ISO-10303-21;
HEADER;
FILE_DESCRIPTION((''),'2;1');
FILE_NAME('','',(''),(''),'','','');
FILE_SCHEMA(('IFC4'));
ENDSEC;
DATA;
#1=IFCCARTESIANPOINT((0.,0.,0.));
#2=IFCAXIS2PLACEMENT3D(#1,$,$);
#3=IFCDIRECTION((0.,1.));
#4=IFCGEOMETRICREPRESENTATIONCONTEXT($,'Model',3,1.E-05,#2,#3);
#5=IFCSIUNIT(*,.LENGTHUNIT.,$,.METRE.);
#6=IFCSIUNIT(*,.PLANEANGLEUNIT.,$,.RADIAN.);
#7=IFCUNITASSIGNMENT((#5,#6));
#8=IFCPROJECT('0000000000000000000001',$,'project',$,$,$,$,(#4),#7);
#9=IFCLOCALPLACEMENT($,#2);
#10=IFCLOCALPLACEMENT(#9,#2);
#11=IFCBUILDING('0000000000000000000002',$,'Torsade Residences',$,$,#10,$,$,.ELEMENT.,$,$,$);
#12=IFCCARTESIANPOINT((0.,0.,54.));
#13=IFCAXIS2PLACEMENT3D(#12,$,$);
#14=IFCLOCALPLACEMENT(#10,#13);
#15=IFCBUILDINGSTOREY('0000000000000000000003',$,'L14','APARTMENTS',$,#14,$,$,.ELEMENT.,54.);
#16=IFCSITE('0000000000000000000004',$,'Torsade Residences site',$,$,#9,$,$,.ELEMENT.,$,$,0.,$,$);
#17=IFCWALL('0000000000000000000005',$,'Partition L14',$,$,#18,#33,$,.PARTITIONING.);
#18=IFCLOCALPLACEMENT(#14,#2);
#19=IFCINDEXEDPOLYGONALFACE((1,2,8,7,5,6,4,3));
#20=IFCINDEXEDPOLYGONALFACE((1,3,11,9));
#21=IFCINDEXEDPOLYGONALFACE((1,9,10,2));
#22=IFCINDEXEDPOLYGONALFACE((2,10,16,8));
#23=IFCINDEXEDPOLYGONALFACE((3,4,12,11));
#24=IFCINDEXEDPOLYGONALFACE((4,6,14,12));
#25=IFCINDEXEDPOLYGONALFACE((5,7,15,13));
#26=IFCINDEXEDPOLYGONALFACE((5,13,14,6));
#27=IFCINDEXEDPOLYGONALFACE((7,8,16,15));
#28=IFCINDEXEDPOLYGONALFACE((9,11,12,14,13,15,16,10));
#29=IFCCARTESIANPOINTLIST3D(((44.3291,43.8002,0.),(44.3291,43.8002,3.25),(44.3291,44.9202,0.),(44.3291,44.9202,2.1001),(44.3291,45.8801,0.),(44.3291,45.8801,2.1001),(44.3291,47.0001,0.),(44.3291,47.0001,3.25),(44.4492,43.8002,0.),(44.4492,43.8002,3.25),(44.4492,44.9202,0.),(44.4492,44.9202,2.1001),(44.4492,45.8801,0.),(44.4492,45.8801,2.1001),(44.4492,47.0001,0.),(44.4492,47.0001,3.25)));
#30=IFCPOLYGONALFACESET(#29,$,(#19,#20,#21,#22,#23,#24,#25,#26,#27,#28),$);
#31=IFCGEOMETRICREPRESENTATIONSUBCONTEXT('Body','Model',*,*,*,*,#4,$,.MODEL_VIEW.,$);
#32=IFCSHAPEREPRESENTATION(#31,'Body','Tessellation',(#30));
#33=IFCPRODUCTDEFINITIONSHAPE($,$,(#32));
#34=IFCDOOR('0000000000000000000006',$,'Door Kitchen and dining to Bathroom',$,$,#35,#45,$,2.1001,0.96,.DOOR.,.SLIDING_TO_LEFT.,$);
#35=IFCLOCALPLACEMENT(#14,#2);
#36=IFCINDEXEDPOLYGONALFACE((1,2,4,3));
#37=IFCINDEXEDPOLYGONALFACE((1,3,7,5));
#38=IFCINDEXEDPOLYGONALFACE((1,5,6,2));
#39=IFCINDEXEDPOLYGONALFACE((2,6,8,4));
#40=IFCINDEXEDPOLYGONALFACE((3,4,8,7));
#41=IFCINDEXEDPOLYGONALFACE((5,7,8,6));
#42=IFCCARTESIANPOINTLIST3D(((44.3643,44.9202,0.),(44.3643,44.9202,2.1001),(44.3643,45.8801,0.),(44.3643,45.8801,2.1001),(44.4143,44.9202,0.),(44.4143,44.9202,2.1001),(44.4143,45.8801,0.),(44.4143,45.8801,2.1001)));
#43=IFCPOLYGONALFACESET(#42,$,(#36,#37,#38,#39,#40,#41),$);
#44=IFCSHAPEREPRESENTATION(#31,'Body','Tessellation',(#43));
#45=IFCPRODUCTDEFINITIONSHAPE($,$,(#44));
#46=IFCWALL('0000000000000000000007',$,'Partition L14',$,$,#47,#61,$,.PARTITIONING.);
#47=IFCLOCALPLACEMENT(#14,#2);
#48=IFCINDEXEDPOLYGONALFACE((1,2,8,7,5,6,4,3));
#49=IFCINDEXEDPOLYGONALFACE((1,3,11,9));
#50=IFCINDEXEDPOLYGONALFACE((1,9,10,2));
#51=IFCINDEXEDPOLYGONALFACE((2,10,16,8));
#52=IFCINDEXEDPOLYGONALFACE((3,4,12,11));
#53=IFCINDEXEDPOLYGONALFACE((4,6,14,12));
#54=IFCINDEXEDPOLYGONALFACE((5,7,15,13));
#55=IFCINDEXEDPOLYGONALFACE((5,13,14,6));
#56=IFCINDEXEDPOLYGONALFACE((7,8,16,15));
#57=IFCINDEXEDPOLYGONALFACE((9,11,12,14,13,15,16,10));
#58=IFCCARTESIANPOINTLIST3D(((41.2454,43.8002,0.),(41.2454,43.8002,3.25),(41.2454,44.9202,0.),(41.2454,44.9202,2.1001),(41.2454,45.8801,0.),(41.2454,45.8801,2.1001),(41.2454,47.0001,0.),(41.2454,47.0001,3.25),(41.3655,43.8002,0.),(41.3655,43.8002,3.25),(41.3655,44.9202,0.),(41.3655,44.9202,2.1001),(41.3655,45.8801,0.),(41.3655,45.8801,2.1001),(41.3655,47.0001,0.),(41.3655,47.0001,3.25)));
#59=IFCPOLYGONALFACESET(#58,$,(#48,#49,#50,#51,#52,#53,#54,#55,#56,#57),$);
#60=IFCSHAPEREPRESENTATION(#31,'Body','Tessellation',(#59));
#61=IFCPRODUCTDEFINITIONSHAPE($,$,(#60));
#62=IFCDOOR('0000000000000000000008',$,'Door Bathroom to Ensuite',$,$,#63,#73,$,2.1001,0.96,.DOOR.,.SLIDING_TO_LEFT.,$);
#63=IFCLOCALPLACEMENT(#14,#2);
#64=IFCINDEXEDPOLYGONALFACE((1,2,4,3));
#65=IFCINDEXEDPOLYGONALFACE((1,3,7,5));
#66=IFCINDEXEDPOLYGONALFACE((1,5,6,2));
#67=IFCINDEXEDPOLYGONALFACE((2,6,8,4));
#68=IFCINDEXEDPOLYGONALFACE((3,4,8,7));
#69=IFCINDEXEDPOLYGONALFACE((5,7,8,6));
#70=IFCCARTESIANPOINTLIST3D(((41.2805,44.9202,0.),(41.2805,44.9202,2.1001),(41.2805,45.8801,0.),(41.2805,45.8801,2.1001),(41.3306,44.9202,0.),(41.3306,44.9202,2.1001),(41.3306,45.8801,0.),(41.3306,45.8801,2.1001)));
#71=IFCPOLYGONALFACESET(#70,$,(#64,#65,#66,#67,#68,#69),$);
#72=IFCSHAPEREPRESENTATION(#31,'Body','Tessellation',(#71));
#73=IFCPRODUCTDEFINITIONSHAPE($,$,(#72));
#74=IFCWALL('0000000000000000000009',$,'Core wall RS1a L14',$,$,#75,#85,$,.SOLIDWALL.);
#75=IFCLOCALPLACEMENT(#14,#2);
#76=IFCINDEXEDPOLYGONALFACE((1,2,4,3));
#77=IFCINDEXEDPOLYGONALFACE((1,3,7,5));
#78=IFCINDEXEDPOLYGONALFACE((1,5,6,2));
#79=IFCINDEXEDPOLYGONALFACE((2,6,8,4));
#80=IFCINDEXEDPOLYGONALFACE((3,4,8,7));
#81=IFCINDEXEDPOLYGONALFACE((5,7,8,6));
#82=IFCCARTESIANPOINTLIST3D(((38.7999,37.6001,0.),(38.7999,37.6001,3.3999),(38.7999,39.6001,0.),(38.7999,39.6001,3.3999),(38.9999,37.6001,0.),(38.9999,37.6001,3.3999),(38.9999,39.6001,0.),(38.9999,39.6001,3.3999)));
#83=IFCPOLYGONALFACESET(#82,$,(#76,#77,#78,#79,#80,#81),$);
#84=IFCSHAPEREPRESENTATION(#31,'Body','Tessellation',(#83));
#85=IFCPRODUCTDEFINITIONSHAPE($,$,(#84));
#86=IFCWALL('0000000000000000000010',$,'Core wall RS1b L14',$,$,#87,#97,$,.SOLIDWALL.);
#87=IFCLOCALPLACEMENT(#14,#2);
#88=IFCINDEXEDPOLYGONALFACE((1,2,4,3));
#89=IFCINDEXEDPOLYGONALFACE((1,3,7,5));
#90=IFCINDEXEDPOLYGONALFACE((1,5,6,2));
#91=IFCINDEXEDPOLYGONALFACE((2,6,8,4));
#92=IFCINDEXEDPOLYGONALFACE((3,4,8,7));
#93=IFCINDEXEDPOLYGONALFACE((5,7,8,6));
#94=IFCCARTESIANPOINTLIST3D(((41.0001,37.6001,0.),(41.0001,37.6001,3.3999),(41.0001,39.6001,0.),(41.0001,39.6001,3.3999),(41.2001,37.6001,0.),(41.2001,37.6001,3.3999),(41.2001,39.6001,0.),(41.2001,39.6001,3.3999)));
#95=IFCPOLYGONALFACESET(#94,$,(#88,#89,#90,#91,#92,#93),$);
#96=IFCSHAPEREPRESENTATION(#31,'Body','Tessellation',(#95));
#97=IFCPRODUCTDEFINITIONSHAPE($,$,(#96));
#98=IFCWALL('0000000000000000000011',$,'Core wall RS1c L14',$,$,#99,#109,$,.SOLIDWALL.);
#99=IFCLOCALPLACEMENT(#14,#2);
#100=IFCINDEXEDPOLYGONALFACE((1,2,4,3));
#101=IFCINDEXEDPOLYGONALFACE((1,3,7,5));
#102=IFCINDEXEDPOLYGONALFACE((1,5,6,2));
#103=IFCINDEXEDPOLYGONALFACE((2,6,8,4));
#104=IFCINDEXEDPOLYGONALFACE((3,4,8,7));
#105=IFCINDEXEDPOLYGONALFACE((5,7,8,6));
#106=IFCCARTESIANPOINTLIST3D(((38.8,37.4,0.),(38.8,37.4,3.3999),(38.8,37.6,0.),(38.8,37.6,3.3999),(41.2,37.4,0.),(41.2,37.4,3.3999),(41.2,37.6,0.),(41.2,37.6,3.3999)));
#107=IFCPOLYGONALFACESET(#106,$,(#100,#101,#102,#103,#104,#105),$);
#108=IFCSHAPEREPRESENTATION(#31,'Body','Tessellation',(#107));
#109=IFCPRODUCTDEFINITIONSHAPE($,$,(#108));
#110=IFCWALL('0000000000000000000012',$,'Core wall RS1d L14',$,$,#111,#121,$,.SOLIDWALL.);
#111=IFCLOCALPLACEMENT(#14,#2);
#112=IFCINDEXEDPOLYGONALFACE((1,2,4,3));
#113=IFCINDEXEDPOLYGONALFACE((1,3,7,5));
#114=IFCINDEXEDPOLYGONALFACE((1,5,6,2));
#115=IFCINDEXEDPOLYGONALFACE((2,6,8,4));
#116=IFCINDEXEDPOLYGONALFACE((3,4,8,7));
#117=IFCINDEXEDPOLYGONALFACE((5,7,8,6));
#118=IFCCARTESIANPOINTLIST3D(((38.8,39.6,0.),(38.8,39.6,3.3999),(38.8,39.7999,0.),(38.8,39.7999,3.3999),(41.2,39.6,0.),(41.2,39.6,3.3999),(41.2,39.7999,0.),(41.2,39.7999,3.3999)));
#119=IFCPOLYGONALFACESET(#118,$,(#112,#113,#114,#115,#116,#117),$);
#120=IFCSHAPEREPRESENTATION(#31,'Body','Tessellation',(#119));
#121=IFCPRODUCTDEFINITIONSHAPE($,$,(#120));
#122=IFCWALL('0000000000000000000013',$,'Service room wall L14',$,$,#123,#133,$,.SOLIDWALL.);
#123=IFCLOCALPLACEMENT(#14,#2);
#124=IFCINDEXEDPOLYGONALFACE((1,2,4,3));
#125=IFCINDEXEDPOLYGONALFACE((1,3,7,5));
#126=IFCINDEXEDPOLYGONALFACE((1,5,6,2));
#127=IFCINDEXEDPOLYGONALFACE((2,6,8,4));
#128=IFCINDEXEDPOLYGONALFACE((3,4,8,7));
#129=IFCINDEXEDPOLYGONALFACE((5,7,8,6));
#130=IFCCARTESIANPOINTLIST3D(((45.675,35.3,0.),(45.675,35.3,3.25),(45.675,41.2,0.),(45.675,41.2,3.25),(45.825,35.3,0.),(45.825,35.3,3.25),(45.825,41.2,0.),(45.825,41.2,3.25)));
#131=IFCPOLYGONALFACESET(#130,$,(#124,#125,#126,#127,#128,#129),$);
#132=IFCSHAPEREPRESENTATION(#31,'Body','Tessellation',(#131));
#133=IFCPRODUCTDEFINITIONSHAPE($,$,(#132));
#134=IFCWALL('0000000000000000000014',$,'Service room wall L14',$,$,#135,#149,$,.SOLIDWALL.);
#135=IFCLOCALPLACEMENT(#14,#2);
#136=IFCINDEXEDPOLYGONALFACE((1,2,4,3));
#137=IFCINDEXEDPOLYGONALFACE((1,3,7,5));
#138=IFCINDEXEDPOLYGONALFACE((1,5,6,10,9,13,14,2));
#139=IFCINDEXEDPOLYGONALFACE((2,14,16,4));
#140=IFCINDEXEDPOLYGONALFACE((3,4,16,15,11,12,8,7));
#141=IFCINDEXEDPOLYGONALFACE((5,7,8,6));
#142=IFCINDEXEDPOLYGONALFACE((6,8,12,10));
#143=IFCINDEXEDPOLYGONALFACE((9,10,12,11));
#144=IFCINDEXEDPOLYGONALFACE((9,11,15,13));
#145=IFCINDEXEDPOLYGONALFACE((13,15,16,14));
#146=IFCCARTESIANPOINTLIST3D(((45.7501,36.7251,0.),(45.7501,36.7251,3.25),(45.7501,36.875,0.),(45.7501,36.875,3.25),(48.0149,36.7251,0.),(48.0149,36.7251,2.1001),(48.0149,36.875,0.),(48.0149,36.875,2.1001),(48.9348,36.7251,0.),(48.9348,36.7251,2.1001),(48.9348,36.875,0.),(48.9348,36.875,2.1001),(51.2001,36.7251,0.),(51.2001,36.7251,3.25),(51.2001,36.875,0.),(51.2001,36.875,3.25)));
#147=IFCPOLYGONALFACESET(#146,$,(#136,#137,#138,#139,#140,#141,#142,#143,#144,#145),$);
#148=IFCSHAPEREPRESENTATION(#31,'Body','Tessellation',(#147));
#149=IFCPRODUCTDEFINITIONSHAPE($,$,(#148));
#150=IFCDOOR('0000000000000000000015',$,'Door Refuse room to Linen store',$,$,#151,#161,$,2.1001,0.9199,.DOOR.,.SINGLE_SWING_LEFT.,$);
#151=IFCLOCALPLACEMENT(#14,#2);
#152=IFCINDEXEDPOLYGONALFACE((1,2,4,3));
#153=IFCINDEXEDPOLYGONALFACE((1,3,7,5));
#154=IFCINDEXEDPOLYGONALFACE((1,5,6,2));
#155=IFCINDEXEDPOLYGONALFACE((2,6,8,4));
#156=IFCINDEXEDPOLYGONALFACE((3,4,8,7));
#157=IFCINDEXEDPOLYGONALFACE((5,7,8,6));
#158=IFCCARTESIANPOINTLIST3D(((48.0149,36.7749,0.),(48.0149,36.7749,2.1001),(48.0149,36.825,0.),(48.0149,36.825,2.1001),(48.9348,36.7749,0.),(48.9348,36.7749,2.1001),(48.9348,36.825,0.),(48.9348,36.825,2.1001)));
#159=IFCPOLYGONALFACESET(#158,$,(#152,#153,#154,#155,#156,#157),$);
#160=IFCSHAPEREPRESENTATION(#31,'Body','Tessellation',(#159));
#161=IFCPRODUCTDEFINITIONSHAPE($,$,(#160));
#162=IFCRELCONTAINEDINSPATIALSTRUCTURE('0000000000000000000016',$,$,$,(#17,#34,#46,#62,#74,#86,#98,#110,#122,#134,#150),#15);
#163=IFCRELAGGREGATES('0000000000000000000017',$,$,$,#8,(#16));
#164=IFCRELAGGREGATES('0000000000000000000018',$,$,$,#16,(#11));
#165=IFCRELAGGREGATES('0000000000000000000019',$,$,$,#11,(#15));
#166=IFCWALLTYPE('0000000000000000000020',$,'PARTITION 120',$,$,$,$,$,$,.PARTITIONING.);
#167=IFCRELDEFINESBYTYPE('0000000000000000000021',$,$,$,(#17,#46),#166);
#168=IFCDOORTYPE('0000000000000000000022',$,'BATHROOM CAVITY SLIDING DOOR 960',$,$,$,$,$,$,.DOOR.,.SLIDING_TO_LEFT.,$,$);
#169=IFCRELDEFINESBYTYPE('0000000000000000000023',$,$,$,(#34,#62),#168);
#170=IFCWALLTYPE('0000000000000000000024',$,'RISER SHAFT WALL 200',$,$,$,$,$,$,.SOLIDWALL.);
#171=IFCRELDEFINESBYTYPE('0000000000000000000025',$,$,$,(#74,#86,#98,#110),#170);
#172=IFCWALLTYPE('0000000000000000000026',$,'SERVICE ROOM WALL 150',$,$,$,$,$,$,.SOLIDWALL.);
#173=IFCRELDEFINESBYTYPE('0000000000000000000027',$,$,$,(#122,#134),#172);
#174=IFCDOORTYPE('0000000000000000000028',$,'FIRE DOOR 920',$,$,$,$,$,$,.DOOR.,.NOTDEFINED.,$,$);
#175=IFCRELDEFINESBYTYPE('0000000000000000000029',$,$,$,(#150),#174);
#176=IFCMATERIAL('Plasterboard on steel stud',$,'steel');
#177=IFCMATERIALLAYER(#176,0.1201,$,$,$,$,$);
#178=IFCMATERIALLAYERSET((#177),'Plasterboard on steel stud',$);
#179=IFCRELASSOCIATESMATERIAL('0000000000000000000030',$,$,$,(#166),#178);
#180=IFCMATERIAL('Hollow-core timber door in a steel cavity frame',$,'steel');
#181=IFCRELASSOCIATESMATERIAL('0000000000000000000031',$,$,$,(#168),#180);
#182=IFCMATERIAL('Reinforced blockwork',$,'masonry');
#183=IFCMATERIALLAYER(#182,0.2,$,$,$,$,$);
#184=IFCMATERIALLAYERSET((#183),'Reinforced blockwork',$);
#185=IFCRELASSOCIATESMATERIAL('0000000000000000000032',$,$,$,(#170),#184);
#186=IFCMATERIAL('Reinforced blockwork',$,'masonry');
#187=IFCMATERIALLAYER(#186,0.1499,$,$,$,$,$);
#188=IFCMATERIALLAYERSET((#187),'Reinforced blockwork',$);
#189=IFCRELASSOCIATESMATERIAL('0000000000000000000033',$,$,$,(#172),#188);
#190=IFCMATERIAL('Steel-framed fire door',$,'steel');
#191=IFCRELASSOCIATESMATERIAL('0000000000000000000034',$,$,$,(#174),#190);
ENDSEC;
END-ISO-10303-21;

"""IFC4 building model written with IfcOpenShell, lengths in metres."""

from ifc_helpers import new_model, si_unit, direction, frame, frame_2d, origin, place, context, subcontext, project, spatial, rectangle, extrude, material, layer, layer_set, type_object, element, fill, save


model = new_model("IFC4")

# Units and contexts
model_context = context("Model", 3, precision=1e-05, world=origin(), true_north=direction((0.0, 1.0)))
body_context = subcontext(model_context, "Body", "Model", "MODEL_VIEW")
ifc_project = project(units=[si_unit("LENGTHUNIT", "METRE"), si_unit("PLANEANGLEUNIT", "RADIAN")], contexts=[model_context])

# Site, building, storey
site_placement = place(None, origin())
site = spatial("IfcSite", under=ifc_project, at=site_placement, Name="Torsade Residences site", CompositionType="ELEMENT", RefElevation=0.0)
building_placement = place(site_placement, origin())
building = spatial("IfcBuilding", under=site, at=building_placement, Name="Torsade Residences", CompositionType="ELEMENT")
storey_placement = place(building_placement, frame((0.0, 0.0, 54.0)))
storey = spatial("IfcBuildingStorey", under=building, at=storey_placement, Name="L14", Description="APARTMENTS", CompositionType="ELEMENT", Elevation=54.0)

# Walls, openings, doors
ifc_material_1 = material(Name="Plasterboard on steel stud", Category="steel")
ifc_layer_1 = layer(ifc_material_1, 0.1201)
ifc_layer_set_1 = layer_set([ifc_layer_1], Name="Plasterboard on steel stud")
wall_type_1 = type_object("IfcWallType", Name="PARTITION 120", PredefinedType="PARTITIONING", material=ifc_layer_set_1)
wall_1_placement = place(storey_placement, frame((44.3892, 43.8, 0.0), z_axis=(0.0, 0.0, 1.0), x_axis=(0.0, 1.0, 0.0)))
wall_1 = element("IfcWall", 1, at=wall_1_placement, inside=storey, type_object=wall_type_1, Name="Partition L14", PredefinedType="PARTITIONING", context=body_context, shape_type="SweptSolid", body=[
    extrude(rectangle(XDim=3.2, YDim=0.1201, at=frame_2d((1.6001, 0.0))), origin(), (0.0, 0.0, 1.0), 3.25),
])
opening_1_placement = place(wall_1_placement, frame((1.1201, 0.0, 0.0)))
opening_1 = element("IfcOpeningElement", 2, at=opening_1_placement, cuts=wall_1, PredefinedType="OPENING", context=body_context, shape_type="SweptSolid", body=[
    extrude(rectangle(XDim=0.96, YDim=2.1001, at=frame_2d((0.48, 1.05))), frame((0.0, 0.0701, 0.0), z_axis=(0.0, -1.0, 0.0), x_axis=(1.0, 0.0, 0.0)), (0.0, 0.0, 1.0), 0.1401),
])
ifc_material_2 = material(Name="Hollow-core timber door in a steel cavity frame", Category="steel")
door_type_1 = type_object("IfcDoorType", Name="BATHROOM CAVITY SLIDING DOOR 960", OperationType="SLIDING_TO_LEFT", PredefinedType="DOOR", material=ifc_material_2)
door_1_placement = place(opening_1_placement, origin())
door_1 = element("IfcDoor", 3, at=door_1_placement, inside=storey, type_object=door_type_1, Name="Door Kitchen and dining to Bathroom", OperationType="SLIDING_TO_LEFT", OverallHeight=2.1001, OverallWidth=0.96, PredefinedType="DOOR", context=body_context, shape_type="SweptSolid", body=[
    extrude(rectangle(XDim=0.96, YDim=2.1001, at=frame_2d((0.48, 1.05))), frame((0.0, 0.0249, 0.0), z_axis=(0.0, -1.0, 0.0), x_axis=(1.0, 0.0, 0.0)), (0.0, 0.0, 1.0), 0.05),
])
fill(opening_1, door_1)
wall_2_placement = place(storey_placement, frame((41.3054, 43.8, 0.0), z_axis=(0.0, 0.0, 1.0), x_axis=(0.0, 1.0, 0.0)))
wall_2 = element("IfcWall", 4, at=wall_2_placement, inside=storey, type_object=wall_type_1, Name="Partition L14", PredefinedType="PARTITIONING", context=body_context, shape_type="SweptSolid", body=[
    extrude(rectangle(XDim=3.2, YDim=0.1201, at=frame_2d((1.6001, 0.0))), origin(), (0.0, 0.0, 1.0), 3.25),
])
opening_2_placement = place(wall_2_placement, frame((1.1201, 0.0, 0.0)))
opening_2 = element("IfcOpeningElement", 5, at=opening_2_placement, cuts=wall_2, PredefinedType="OPENING", context=body_context, shape_type="SweptSolid", body=[
    extrude(rectangle(XDim=0.96, YDim=2.1001, at=frame_2d((0.48, 1.05))), frame((0.0, 0.0701, 0.0), z_axis=(0.0, -1.0, 0.0), x_axis=(1.0, 0.0, 0.0)), (0.0, 0.0, 1.0), 0.1401),
])
door_2_placement = place(opening_2_placement, origin())
door_2 = element("IfcDoor", 6, at=door_2_placement, inside=storey, type_object=door_type_1, Name="Door Bathroom to Ensuite", OperationType="SLIDING_TO_LEFT", OverallHeight=2.1001, OverallWidth=0.96, PredefinedType="DOOR", context=body_context, shape_type="SweptSolid", body=[
    extrude(rectangle(XDim=0.96, YDim=2.1001, at=frame_2d((0.48, 1.05))), frame((0.0, 0.0249, 0.0), z_axis=(0.0, -1.0, 0.0), x_axis=(1.0, 0.0, 0.0)), (0.0, 0.0, 1.0), 0.05),
])
fill(opening_2, door_2)

# Walls
ifc_material_3 = material(Name="Reinforced blockwork", Category="masonry")
ifc_layer_2 = layer(ifc_material_3, 0.2)
ifc_layer_set_2 = layer_set([ifc_layer_2], Name="Reinforced blockwork")
wall_type_2 = type_object("IfcWallType", Name="RISER SHAFT WALL 200", PredefinedType="SOLIDWALL", material=ifc_layer_set_2)
for number, where, z_axis, x_axis, name in (
    (7, (38.8999, 37.6001, 0.0), (0.0, 0.0, 1.0), (0.0, 1.0, 0.0), "Core wall RS1a L14"),
    (8, (41.1001, 37.6001, 0.0), (0.0, 0.0, 1.0), (0.0, 1.0, 0.0), "Core wall RS1b L14"),
):
    element("IfcWall", number, at=place(storey_placement, frame(where, z_axis=z_axis, x_axis=x_axis)), inside=storey, type_object=wall_type_2, Name=name, PredefinedType="SOLIDWALL", context=body_context, shape_type="SweptSolid", body=[
        extrude(rectangle(XDim=2.0, YDim=0.2, at=frame_2d((1.0, 0.0))), origin(), (0.0, 0.0, 1.0), 3.3999),
    ])
for number, where, z_axis, x_axis, name in (
    (9, (38.8, 37.5, 0.0), (0.0, 0.0, 1.0), (1.0, 0.0, 0.0), "Core wall RS1c L14"),
    (10, (38.8, 39.7, 0.0), (0.0, 0.0, 1.0), (1.0, 0.0, 0.0), "Core wall RS1d L14"),
):
    element("IfcWall", number, at=place(storey_placement, frame(where, z_axis=z_axis, x_axis=x_axis)), inside=storey, type_object=wall_type_2, Name=name, PredefinedType="SOLIDWALL", context=body_context, shape_type="SweptSolid", body=[
        extrude(rectangle(XDim=2.3999, YDim=0.2, at=frame_2d((1.2, 0.0))), origin(), (0.0, 0.0, 1.0), 3.3999),
    ])
ifc_material_4 = material(Name="Reinforced blockwork", Category="masonry")
ifc_layer_3 = layer(ifc_material_4, 0.1499)
ifc_layer_set_3 = layer_set([ifc_layer_3], Name="Reinforced blockwork")
wall_type_3 = type_object("IfcWallType", Name="SERVICE ROOM WALL 150", PredefinedType="SOLIDWALL", material=ifc_layer_set_3)
wall_3_placement = place(storey_placement, frame((45.75, 41.2, 0.0), z_axis=(0.0, 0.0, 1.0), x_axis=(0.0, -1.0, 0.0)))
element("IfcWall", 11, at=wall_3_placement, inside=storey, type_object=wall_type_3, Name="Service room wall L14", PredefinedType="SOLIDWALL", context=body_context, shape_type="SweptSolid", body=[
    extrude(rectangle(XDim=5.8999, YDim=0.1499, at=frame_2d((2.95, 0.0))), origin(), (0.0, 0.0, 1.0), 3.25),
])

# Wall, opening, door
wall_4_placement = place(storey_placement, frame((45.75, 36.8, 0.0), z_axis=(0.0, 0.0, 1.0), x_axis=(1.0, 0.0, 0.0)))
wall_4 = element("IfcWall", 12, at=wall_4_placement, inside=storey, type_object=wall_type_3, Name="Service room wall L14", PredefinedType="SOLIDWALL", context=body_context, shape_type="SweptSolid", body=[
    extrude(rectangle(XDim=5.45, YDim=0.1499, at=frame_2d((2.7251, 0.0))), origin(), (0.0, 0.0, 1.0), 3.25),
])
opening_3_placement = place(wall_4_placement, frame((2.2649, 0.0, 0.0)))
opening_3 = element("IfcOpeningElement", 13, at=opening_3_placement, cuts=wall_4, PredefinedType="OPENING", context=body_context, shape_type="SweptSolid", body=[
    extrude(rectangle(XDim=0.9199, YDim=2.1001, at=frame_2d((0.46, 1.05))), frame((0.0, 0.085, 0.0), z_axis=(0.0, -1.0, 0.0), x_axis=(1.0, 0.0, 0.0)), (0.0, 0.0, 1.0), 0.1699),
])
ifc_material_5 = material(Name="Steel-framed fire door", Category="steel")
door_type_2 = type_object("IfcDoorType", Name="FIRE DOOR 920", OperationType="NOTDEFINED", PredefinedType="DOOR", material=ifc_material_5)
door_3_placement = place(opening_3_placement, origin())
door_3 = element("IfcDoor", 14, at=door_3_placement, inside=storey, type_object=door_type_2, Name="Door Refuse room to Linen store", OperationType="SINGLE_SWING_LEFT", OverallHeight=2.1001, OverallWidth=0.9199, PredefinedType="DOOR", context=body_context, shape_type="SweptSolid", body=[
    extrude(rectangle(XDim=0.9199, YDim=2.1001, at=frame_2d((0.46, 1.05))), frame((0.0, 0.0249, 0.0), z_axis=(0.0, -1.0, 0.0), x_axis=(1.0, 0.0, 0.0)), (0.0, 0.0, 1.0), 0.05),
])
fill(opening_3, door_3)

save(model, "model.ifc")
